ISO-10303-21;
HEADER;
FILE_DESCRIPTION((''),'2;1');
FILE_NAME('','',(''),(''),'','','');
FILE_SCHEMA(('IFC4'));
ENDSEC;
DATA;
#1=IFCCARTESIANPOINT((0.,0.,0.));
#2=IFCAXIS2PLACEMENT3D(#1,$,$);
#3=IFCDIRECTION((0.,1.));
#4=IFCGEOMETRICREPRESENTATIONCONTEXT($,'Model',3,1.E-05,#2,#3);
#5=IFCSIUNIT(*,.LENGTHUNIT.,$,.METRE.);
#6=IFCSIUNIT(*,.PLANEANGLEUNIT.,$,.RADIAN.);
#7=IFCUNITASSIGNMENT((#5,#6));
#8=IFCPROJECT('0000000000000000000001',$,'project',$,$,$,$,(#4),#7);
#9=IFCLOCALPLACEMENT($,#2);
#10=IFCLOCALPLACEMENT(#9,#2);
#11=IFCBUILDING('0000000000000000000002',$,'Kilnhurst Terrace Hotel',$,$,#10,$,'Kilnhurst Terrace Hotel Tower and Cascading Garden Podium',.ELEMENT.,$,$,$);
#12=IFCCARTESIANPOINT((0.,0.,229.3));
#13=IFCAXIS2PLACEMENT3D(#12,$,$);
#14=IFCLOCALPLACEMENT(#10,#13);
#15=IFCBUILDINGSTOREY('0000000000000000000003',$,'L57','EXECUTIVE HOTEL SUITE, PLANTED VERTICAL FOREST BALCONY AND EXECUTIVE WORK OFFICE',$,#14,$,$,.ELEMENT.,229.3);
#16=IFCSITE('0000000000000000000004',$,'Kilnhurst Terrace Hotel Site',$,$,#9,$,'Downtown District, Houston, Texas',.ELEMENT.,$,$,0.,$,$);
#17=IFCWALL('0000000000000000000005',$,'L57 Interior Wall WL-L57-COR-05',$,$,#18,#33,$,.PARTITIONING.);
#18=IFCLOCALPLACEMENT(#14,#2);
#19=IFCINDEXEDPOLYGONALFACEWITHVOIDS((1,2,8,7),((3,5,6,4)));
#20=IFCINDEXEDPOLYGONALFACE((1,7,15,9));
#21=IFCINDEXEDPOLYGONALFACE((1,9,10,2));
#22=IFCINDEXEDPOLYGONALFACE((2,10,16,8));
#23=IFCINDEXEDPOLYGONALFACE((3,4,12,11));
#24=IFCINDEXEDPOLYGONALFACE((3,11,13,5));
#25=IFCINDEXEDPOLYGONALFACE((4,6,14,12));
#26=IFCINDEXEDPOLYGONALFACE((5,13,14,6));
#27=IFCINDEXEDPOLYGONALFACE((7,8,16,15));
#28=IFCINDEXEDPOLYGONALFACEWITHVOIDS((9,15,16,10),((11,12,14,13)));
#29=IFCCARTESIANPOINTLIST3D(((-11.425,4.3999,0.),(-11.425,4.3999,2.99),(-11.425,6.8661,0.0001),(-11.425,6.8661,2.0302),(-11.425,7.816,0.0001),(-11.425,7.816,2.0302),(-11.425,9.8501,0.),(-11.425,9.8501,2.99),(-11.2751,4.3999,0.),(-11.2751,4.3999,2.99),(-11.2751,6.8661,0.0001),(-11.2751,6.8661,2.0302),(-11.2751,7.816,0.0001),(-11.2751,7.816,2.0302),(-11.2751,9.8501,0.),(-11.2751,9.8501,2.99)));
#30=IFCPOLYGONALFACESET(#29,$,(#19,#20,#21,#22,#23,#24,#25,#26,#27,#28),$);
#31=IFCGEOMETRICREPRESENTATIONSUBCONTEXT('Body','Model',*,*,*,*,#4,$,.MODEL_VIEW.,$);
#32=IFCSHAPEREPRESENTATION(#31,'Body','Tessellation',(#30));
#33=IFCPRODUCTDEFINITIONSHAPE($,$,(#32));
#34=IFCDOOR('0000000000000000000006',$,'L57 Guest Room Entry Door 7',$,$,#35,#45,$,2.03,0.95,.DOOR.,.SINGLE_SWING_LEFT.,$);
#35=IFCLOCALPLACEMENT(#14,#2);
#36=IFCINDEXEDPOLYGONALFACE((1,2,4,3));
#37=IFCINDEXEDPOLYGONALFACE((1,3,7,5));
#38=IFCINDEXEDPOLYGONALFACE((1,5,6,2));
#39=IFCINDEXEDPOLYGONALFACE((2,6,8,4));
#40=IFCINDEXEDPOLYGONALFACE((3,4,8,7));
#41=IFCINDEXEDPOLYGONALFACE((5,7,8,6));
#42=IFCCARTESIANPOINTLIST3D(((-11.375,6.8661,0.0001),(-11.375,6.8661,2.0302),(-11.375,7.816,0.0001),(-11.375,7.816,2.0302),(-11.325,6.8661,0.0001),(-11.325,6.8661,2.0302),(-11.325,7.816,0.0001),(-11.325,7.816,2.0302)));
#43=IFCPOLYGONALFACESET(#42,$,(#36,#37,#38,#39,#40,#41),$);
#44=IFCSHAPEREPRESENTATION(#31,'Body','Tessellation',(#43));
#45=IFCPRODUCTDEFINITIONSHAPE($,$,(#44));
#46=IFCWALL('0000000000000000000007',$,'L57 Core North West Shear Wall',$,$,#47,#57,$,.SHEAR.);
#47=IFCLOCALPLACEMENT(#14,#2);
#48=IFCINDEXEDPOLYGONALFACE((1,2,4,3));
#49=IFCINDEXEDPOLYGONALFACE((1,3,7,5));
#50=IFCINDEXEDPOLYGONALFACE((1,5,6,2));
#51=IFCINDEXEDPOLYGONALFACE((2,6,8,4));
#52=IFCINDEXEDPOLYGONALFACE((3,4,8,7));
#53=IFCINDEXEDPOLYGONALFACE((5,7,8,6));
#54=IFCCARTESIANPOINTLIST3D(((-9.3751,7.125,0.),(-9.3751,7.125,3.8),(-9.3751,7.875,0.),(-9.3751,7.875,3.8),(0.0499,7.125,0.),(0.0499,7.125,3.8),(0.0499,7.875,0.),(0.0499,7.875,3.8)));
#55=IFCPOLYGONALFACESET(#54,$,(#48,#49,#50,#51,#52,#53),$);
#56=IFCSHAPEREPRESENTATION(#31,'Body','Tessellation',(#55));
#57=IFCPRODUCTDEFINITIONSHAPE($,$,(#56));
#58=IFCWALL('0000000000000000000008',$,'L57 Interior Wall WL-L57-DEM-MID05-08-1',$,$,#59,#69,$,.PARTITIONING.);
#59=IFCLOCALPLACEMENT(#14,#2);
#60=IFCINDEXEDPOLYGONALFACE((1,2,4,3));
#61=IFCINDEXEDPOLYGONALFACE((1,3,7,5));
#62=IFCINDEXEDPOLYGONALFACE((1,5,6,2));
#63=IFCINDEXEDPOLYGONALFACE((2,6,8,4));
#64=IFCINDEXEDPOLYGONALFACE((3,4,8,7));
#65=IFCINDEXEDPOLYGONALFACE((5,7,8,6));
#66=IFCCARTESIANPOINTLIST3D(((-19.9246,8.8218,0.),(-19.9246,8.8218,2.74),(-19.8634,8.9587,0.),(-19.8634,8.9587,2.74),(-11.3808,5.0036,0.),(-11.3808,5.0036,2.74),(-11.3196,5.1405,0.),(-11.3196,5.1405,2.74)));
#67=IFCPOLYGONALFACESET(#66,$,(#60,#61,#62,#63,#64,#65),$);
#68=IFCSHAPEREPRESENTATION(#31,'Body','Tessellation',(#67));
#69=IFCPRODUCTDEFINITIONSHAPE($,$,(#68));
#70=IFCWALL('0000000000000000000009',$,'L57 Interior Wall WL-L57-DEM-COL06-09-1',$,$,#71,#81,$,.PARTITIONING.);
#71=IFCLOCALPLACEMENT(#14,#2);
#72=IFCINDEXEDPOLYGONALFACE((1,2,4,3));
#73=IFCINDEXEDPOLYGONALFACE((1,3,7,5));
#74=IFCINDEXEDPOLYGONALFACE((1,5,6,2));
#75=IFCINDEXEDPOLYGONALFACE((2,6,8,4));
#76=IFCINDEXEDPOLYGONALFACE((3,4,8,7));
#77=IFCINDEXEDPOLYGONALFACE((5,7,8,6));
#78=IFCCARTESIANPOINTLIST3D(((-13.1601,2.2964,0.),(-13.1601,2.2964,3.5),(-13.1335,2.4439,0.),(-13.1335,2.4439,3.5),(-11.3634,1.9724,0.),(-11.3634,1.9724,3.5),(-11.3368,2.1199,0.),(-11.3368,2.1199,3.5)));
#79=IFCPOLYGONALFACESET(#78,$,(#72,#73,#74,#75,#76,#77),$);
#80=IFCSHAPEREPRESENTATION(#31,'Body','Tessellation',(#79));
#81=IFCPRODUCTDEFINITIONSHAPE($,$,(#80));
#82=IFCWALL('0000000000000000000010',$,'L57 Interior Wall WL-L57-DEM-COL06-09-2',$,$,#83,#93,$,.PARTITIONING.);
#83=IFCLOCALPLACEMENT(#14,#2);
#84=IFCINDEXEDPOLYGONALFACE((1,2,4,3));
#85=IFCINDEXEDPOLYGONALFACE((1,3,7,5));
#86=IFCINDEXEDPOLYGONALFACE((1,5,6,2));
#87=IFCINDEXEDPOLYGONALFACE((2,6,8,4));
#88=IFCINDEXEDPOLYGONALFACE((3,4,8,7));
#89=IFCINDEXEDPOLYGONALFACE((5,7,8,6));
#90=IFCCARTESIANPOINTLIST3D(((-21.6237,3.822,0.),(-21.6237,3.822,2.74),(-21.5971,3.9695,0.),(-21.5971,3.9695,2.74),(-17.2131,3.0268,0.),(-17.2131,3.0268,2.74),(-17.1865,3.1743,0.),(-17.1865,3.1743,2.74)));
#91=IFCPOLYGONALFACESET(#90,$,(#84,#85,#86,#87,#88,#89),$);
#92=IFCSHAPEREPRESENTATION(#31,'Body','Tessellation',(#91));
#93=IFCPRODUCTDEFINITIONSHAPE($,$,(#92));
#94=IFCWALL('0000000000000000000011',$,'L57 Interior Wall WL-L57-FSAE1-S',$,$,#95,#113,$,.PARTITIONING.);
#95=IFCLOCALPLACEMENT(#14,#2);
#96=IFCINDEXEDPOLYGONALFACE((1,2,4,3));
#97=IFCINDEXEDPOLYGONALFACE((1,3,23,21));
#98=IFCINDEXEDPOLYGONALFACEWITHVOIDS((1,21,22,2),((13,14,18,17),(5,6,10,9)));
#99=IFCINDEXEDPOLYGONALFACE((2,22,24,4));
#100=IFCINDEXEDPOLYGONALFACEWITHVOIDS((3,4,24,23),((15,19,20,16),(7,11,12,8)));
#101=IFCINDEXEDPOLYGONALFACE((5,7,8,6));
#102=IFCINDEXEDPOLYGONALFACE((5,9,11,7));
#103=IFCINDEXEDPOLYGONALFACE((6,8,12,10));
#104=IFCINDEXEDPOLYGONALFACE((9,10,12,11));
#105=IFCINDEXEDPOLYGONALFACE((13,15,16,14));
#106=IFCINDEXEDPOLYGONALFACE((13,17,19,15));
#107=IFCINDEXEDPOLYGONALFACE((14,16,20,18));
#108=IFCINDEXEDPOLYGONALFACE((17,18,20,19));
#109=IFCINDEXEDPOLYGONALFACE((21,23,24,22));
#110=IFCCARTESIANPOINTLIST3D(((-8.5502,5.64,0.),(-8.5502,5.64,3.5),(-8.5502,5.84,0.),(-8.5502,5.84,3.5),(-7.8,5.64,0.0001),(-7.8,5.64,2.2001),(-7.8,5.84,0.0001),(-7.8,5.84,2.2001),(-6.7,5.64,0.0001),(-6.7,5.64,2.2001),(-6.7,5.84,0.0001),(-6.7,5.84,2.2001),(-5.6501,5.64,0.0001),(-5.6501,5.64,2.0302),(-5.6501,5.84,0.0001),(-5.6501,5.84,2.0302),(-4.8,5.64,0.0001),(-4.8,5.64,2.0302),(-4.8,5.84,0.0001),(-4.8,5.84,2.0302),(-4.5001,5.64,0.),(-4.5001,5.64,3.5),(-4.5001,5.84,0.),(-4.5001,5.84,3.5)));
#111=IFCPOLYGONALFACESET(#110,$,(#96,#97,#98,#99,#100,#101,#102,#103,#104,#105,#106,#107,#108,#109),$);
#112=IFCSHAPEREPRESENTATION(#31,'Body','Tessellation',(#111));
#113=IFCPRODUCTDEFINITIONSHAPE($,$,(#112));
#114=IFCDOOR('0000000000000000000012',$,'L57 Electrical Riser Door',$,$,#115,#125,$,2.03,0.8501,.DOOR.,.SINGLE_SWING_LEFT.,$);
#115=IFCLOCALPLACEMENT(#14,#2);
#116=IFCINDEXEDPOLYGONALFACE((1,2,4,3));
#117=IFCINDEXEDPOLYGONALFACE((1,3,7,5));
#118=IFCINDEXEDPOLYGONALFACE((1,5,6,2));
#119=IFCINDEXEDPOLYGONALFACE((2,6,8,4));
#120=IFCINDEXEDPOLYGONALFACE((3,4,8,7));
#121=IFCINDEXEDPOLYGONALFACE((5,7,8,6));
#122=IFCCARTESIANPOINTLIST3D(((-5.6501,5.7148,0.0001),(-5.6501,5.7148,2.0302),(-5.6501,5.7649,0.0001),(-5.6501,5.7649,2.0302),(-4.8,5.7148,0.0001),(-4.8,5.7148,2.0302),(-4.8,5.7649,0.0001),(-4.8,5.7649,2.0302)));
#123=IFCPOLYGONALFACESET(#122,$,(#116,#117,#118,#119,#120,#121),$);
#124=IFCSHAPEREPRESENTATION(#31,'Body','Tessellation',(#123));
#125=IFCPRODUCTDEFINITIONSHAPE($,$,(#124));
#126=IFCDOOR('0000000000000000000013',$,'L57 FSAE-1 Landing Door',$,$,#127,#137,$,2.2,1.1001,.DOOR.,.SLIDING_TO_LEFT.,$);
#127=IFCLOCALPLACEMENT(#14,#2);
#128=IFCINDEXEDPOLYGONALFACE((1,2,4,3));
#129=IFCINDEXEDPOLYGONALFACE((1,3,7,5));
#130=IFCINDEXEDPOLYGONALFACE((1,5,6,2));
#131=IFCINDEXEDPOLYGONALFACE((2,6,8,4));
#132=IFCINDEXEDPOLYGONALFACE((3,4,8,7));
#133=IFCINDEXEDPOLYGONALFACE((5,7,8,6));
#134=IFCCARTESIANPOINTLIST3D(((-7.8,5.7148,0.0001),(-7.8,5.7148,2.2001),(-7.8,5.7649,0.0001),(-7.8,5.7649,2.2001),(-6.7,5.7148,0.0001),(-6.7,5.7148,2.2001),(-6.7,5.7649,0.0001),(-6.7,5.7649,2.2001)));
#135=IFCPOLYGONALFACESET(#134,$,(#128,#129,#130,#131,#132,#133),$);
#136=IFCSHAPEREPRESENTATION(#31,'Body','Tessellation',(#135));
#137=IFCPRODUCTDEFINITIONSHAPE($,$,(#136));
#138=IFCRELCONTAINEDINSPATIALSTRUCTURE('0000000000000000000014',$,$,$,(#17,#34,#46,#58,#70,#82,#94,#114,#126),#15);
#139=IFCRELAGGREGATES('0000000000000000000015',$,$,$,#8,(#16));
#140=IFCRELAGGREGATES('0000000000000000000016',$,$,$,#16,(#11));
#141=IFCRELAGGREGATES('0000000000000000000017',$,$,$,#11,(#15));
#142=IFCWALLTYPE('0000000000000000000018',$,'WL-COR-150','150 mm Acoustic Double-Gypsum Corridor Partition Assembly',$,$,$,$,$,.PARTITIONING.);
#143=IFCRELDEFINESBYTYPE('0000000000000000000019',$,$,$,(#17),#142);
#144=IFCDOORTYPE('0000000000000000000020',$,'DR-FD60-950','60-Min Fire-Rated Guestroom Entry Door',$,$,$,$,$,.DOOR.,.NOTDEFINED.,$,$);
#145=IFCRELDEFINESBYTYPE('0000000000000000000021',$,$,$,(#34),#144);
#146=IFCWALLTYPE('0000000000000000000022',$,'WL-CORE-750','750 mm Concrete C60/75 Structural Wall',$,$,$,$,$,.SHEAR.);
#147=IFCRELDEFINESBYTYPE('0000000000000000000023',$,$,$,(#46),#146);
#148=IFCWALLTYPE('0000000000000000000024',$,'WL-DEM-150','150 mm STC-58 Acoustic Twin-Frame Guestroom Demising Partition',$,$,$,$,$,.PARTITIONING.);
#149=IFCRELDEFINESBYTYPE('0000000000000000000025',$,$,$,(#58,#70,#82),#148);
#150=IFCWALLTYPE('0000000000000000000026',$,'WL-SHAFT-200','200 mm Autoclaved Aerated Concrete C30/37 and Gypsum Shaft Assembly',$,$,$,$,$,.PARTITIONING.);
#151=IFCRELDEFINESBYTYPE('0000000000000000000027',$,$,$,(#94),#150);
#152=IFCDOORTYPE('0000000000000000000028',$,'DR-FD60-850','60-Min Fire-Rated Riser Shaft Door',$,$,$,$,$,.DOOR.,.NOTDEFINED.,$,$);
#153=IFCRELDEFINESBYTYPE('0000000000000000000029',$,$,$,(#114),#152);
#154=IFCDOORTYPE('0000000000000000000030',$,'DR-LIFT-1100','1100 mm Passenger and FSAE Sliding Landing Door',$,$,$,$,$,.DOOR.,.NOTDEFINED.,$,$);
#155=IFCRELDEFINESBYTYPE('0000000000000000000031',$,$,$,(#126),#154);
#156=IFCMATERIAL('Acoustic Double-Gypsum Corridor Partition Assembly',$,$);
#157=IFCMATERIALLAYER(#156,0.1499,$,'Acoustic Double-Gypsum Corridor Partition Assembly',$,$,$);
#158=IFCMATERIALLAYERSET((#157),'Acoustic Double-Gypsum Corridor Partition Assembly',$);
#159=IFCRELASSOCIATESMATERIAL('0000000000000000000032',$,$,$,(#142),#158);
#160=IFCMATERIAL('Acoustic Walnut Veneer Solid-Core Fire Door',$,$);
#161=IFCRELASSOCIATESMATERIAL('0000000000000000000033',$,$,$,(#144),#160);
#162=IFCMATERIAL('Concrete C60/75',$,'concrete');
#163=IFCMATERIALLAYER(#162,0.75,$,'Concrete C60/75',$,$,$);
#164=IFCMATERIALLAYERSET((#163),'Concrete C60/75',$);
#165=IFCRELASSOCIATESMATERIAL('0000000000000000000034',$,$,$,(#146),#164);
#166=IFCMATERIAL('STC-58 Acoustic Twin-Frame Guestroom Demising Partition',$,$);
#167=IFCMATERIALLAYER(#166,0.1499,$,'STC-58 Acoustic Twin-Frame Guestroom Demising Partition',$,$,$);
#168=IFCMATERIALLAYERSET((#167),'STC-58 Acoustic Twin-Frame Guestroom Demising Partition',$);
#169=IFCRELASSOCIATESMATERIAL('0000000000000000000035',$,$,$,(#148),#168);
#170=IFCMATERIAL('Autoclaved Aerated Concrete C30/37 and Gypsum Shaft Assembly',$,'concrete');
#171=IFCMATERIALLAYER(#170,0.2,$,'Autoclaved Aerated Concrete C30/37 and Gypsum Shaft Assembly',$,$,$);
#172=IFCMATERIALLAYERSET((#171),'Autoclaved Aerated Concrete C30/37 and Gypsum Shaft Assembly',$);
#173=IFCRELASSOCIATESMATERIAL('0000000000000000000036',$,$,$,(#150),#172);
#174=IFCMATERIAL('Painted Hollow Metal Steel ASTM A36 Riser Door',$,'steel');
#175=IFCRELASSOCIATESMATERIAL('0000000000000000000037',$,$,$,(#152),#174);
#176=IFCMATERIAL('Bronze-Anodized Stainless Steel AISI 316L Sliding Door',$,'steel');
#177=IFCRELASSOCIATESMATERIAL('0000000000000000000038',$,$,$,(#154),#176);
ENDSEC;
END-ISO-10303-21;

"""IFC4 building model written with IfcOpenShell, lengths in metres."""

from ifc_helpers import new_model, si_unit, direction, frame, frame_2d, origin, place, context, subcontext, project, spatial, rectangle, extrude, material, layer, layer_set, type_object, element, fill, save


model = new_model("IFC4")

# Units and contexts
model_context = context("Model", 3, precision=1e-05, world=origin(), true_north=direction((0.0, 1.0)))
body_context = subcontext(model_context, "Body", "Model", "MODEL_VIEW")
ifc_project = project(units=[si_unit("LENGTHUNIT", "METRE"), si_unit("PLANEANGLEUNIT", "RADIAN")], contexts=[model_context])

# Site, building, storey
site_placement = place(None, origin())
site = spatial("IfcSite", under=ifc_project, at=site_placement, Name="Kilnhurst Terrace Hotel Site", LongName="Downtown District, Houston, Texas", CompositionType="ELEMENT", RefElevation=0.0)
building_placement = place(site_placement, origin())
building = spatial("IfcBuilding", under=site, at=building_placement, Name="Kilnhurst Terrace Hotel", LongName="Kilnhurst Terrace Hotel Tower and Cascading Garden Podium", CompositionType="ELEMENT")
storey_placement = place(building_placement, frame((0.0, 0.0, 229.3)))
storey = spatial("IfcBuildingStorey", under=building, at=storey_placement, Name="L57", Description="EXECUTIVE HOTEL SUITE, PLANTED VERTICAL FOREST BALCONY AND EXECUTIVE WORK OFFICE", CompositionType="ELEMENT", Elevation=229.3)

# Shared definitions
ifc_material_1 = material(Name="Concrete C60/75", Category="concrete")

# Shared definitions
ifc_material_2 = material(Name="Acoustic Double-Gypsum Corridor Partition Assembly")
ifc_layer_1 = layer(ifc_material_2, 0.1499, Name="Acoustic Double-Gypsum Corridor Partition Assembly")
ifc_layer_set_1 = layer_set([ifc_layer_1], Name="Acoustic Double-Gypsum Corridor Partition Assembly")
wall_type_1 = type_object("IfcWallType", Name="WL-COR-150", Description="150 mm Acoustic Double-Gypsum Corridor Partition Assembly", PredefinedType="PARTITIONING", material=ifc_layer_set_1)

# Wall, opening, door
wall_1_placement = place(storey_placement, frame((-11.3501, 4.3999, 0.0), z_axis=(0.0, 0.0, 1.0), x_axis=(0.0, 1.0, 0.0)))
wall_1 = element("IfcWall", 1, at=wall_1_placement, inside=storey, type_object=wall_type_1, Name="L57 Interior Wall WL-L57-COR-05", PredefinedType="PARTITIONING", context=body_context, shape_type="SweptSolid", body=[
    extrude(rectangle(XDim=5.4502, YDim=0.1499, at=frame_2d((2.7251, 0.0))), origin(), (0.0, 0.0, 1.0), 2.99),
])
opening_1_placement = place(wall_1_placement, frame((2.4661, 0.0, 0.0)))
opening_1 = element("IfcOpeningElement", 2, at=opening_1_placement, cuts=wall_1, PredefinedType="OPENING", context=body_context, shape_type="SweptSolid", body=[
    extrude(rectangle(XDim=0.95, YDim=2.03, at=frame_2d((0.4751, 1.0151))), frame((0.0, 0.085, 0.0), z_axis=(0.0, -1.0, 0.0), x_axis=(1.0, 0.0, 0.0)), (0.0, 0.0, 1.0), 0.1699),
])
ifc_material_3 = material(Name="Acoustic Walnut Veneer Solid-Core Fire Door")
door_type_1 = type_object("IfcDoorType", Name="DR-FD60-950", Description="60-Min Fire-Rated Guestroom Entry Door", OperationType="NOTDEFINED", PredefinedType="DOOR", material=ifc_material_3)
door_1_placement = place(opening_1_placement, origin())
door_1 = element("IfcDoor", 3, at=door_1_placement, inside=storey, type_object=door_type_1, Name="L57 Guest Room Entry Door 7", OperationType="SINGLE_SWING_LEFT", OverallHeight=2.03, OverallWidth=0.95, PredefinedType="DOOR", context=body_context, shape_type="SweptSolid", body=[
    extrude(rectangle(XDim=0.95, YDim=2.03, at=frame_2d((0.4751, 1.0151))), frame((0.0, 0.0249, 0.0), z_axis=(0.0, -1.0, 0.0), x_axis=(1.0, 0.0, 0.0)), (0.0, 0.0, 1.0), 0.05),
])
fill(opening_1, door_1)

# Walls
ifc_layer_2 = layer(ifc_material_1, 0.75, Name="Concrete C60/75")
ifc_layer_set_2 = layer_set([ifc_layer_2], Name="Concrete C60/75")
wall_type_2 = type_object("IfcWallType", Name="WL-CORE-750", Description="750 mm Concrete C60/75 Structural Wall", PredefinedType="SHEAR", material=ifc_layer_set_2)
wall_2_placement = place(storey_placement, frame((-9.375, 7.5, 0.0), z_axis=(0.0, 0.0, 1.0), x_axis=(1.0, 0.0, 0.0)))
element("IfcWall", 4, at=wall_2_placement, inside=storey, type_object=wall_type_2, Name="L57 Core North West Shear Wall", PredefinedType="SHEAR", context=body_context, shape_type="SweptSolid", body=[
    extrude(rectangle(XDim=9.425, YDim=0.75, at=frame_2d((4.7124, 0.0))), origin(), (0.0, 0.0, 1.0), 3.8),
])
ifc_material_4 = material(Name="STC-58 Acoustic Twin-Frame Guestroom Demising Partition")
ifc_layer_3 = layer(ifc_material_4, 0.1499, Name="STC-58 Acoustic Twin-Frame Guestroom Demising Partition")
ifc_layer_set_3 = layer_set([ifc_layer_3], Name="STC-58 Acoustic Twin-Frame Guestroom Demising Partition")
wall_type_3 = type_object("IfcWallType", Name="WL-DEM-150", Description="150 mm STC-58 Acoustic Twin-Frame Guestroom Demising Partition", PredefinedType="PARTITIONING", material=ifc_layer_set_3)
wall_3_placement = place(storey_placement, frame((-11.3501, 5.072, 0.0), z_axis=(0.0, 0.0, 1.0), x_axis=(-0.91298, 0.408004, 0.0)))
element("IfcWall", 5, at=wall_3_placement, inside=storey, type_object=wall_type_3, Name="L57 Interior Wall WL-L57-DEM-MID05-08-1", PredefinedType="PARTITIONING", context=body_context, shape_type="SweptSolid", body=[
    extrude(rectangle(XDim=9.3582, YDim=0.1499, at=frame_2d((4.6792, 0.0))), origin(), (0.0, 0.0, 1.0), 2.74),
])
wall_4_placement = place(storey_placement, frame((-11.3501, 2.0461, 0.0), z_axis=(0.0, 0.0, 1.0), x_axis=(-0.984128, 0.177461, 0.0)))
element("IfcWall", 6, at=wall_4_placement, inside=storey, type_object=wall_type_3, Name="L57 Interior Wall WL-L57-DEM-COL06-09-1", PredefinedType="PARTITIONING", context=body_context, shape_type="SweptSolid", body=[
    extrude(rectangle(XDim=1.8257, YDim=0.1499, at=frame_2d((0.9128, 0.0))), origin(), (0.0, 0.0, 1.0), 3.5),
])
wall_5_placement = place(storey_placement, frame((-17.2, 3.1006, 0.0), z_axis=(0.0, 0.0, 1.0), x_axis=(-0.984135, 0.177423, 0.0)))
element("IfcWall", 7, at=wall_5_placement, inside=storey, type_object=wall_type_3, Name="L57 Interior Wall WL-L57-DEM-COL06-09-2", PredefinedType="PARTITIONING", context=body_context, shape_type="SweptSolid", body=[
    extrude(rectangle(XDim=4.4817, YDim=0.1499, at=frame_2d((2.2407, 0.0))), origin(), (0.0, 0.0, 1.0), 2.74),
])

# Wall, openings, doors
ifc_material_5 = material(Name="Autoclaved Aerated Concrete C30/37 and Gypsum Shaft Assembly", Category="concrete")
ifc_layer_4 = layer(ifc_material_5, 0.2, Name="Autoclaved Aerated Concrete C30/37 and Gypsum Shaft Assembly")
ifc_layer_set_4 = layer_set([ifc_layer_4], Name="Autoclaved Aerated Concrete C30/37 and Gypsum Shaft Assembly")
wall_type_4 = type_object("IfcWallType", Name="WL-SHAFT-200", Description="200 mm Autoclaved Aerated Concrete C30/37 and Gypsum Shaft Assembly", PredefinedType="PARTITIONING", material=ifc_layer_set_4)
wall_6_placement = place(storey_placement, frame((-8.55, 5.74, 0.0), z_axis=(0.0, 0.0, 1.0), x_axis=(1.0, 0.0, 0.0)))
wall_6 = element("IfcWall", 8, at=wall_6_placement, inside=storey, type_object=wall_type_4, Name="L57 Interior Wall WL-L57-FSAE1-S", PredefinedType="PARTITIONING", context=body_context, shape_type="SweptSolid", body=[
    extrude(rectangle(XDim=4.05, YDim=0.2, at=frame_2d((2.0249, 0.0))), origin(), (0.0, 0.0, 1.0), 3.5),
])
opening_2_placement = place(wall_6_placement, frame((0.75, 0.0, 0.0)))
opening_2 = element("IfcOpeningElement", 9, at=opening_2_placement, cuts=wall_6, PredefinedType="OPENING", context=body_context, shape_type="SweptSolid", body=[
    extrude(rectangle(XDim=1.1001, YDim=2.2, at=frame_2d((0.55, 1.1001))), frame((0.0, 0.1099, 0.0), z_axis=(0.0, -1.0, 0.0), x_axis=(1.0, 0.0, 0.0)), (0.0, 0.0, 1.0), 0.22),
])
opening_3_placement = place(wall_6_placement, frame((2.8999, 0.0, 0.0)))
opening_3 = element("IfcOpeningElement", 10, at=opening_3_placement, cuts=wall_6, PredefinedType="OPENING", context=body_context, shape_type="SweptSolid", body=[
    extrude(rectangle(XDim=0.8501, YDim=2.03, at=frame_2d((0.425, 1.0151))), frame((0.0, 0.1099, 0.0), z_axis=(0.0, -1.0, 0.0), x_axis=(1.0, 0.0, 0.0)), (0.0, 0.0, 1.0), 0.22),
])
ifc_material_6 = material(Name="Painted Hollow Metal Steel ASTM A36 Riser Door", Category="steel")
door_type_2 = type_object("IfcDoorType", Name="DR-FD60-850", Description="60-Min Fire-Rated Riser Shaft Door", OperationType="NOTDEFINED", PredefinedType="DOOR", material=ifc_material_6)
door_2_placement = place(opening_3_placement, origin())
door_2 = element("IfcDoor", 11, at=door_2_placement, inside=storey, type_object=door_type_2, Name="L57 Electrical Riser Door", OperationType="SINGLE_SWING_LEFT", OverallHeight=2.03, OverallWidth=0.8501, PredefinedType="DOOR", context=body_context, shape_type="SweptSolid", body=[
    extrude(rectangle(XDim=0.8501, YDim=2.03, at=frame_2d((0.425, 1.0151))), frame((0.0, 0.0249, 0.0), z_axis=(0.0, -1.0, 0.0), x_axis=(1.0, 0.0, 0.0)), (0.0, 0.0, 1.0), 0.05),
])
fill(opening_3, door_2)
ifc_material_7 = material(Name="Bronze-Anodized Stainless Steel AISI 316L Sliding Door", Category="steel")
door_type_3 = type_object("IfcDoorType", Name="DR-LIFT-1100", Description="1100 mm Passenger and FSAE Sliding Landing Door", OperationType="NOTDEFINED", PredefinedType="DOOR", material=ifc_material_7)
door_3_placement = place(opening_2_placement, origin())
door_3 = element("IfcDoor", 12, at=door_3_placement, inside=storey, type_object=door_type_3, Name="L57 FSAE-1 Landing Door", OperationType="SLIDING_TO_LEFT", OverallHeight=2.2, OverallWidth=1.1001, PredefinedType="DOOR", context=body_context, shape_type="SweptSolid", body=[
    extrude(rectangle(XDim=1.1001, YDim=2.2, at=frame_2d((0.55, 1.1001))), frame((0.0, 0.0249, 0.0), z_axis=(0.0, -1.0, 0.0), x_axis=(1.0, 0.0, 0.0)), (0.0, 0.0, 1.0), 0.05),
])
fill(opening_2, door_3)

save(model, "model.ifc")
